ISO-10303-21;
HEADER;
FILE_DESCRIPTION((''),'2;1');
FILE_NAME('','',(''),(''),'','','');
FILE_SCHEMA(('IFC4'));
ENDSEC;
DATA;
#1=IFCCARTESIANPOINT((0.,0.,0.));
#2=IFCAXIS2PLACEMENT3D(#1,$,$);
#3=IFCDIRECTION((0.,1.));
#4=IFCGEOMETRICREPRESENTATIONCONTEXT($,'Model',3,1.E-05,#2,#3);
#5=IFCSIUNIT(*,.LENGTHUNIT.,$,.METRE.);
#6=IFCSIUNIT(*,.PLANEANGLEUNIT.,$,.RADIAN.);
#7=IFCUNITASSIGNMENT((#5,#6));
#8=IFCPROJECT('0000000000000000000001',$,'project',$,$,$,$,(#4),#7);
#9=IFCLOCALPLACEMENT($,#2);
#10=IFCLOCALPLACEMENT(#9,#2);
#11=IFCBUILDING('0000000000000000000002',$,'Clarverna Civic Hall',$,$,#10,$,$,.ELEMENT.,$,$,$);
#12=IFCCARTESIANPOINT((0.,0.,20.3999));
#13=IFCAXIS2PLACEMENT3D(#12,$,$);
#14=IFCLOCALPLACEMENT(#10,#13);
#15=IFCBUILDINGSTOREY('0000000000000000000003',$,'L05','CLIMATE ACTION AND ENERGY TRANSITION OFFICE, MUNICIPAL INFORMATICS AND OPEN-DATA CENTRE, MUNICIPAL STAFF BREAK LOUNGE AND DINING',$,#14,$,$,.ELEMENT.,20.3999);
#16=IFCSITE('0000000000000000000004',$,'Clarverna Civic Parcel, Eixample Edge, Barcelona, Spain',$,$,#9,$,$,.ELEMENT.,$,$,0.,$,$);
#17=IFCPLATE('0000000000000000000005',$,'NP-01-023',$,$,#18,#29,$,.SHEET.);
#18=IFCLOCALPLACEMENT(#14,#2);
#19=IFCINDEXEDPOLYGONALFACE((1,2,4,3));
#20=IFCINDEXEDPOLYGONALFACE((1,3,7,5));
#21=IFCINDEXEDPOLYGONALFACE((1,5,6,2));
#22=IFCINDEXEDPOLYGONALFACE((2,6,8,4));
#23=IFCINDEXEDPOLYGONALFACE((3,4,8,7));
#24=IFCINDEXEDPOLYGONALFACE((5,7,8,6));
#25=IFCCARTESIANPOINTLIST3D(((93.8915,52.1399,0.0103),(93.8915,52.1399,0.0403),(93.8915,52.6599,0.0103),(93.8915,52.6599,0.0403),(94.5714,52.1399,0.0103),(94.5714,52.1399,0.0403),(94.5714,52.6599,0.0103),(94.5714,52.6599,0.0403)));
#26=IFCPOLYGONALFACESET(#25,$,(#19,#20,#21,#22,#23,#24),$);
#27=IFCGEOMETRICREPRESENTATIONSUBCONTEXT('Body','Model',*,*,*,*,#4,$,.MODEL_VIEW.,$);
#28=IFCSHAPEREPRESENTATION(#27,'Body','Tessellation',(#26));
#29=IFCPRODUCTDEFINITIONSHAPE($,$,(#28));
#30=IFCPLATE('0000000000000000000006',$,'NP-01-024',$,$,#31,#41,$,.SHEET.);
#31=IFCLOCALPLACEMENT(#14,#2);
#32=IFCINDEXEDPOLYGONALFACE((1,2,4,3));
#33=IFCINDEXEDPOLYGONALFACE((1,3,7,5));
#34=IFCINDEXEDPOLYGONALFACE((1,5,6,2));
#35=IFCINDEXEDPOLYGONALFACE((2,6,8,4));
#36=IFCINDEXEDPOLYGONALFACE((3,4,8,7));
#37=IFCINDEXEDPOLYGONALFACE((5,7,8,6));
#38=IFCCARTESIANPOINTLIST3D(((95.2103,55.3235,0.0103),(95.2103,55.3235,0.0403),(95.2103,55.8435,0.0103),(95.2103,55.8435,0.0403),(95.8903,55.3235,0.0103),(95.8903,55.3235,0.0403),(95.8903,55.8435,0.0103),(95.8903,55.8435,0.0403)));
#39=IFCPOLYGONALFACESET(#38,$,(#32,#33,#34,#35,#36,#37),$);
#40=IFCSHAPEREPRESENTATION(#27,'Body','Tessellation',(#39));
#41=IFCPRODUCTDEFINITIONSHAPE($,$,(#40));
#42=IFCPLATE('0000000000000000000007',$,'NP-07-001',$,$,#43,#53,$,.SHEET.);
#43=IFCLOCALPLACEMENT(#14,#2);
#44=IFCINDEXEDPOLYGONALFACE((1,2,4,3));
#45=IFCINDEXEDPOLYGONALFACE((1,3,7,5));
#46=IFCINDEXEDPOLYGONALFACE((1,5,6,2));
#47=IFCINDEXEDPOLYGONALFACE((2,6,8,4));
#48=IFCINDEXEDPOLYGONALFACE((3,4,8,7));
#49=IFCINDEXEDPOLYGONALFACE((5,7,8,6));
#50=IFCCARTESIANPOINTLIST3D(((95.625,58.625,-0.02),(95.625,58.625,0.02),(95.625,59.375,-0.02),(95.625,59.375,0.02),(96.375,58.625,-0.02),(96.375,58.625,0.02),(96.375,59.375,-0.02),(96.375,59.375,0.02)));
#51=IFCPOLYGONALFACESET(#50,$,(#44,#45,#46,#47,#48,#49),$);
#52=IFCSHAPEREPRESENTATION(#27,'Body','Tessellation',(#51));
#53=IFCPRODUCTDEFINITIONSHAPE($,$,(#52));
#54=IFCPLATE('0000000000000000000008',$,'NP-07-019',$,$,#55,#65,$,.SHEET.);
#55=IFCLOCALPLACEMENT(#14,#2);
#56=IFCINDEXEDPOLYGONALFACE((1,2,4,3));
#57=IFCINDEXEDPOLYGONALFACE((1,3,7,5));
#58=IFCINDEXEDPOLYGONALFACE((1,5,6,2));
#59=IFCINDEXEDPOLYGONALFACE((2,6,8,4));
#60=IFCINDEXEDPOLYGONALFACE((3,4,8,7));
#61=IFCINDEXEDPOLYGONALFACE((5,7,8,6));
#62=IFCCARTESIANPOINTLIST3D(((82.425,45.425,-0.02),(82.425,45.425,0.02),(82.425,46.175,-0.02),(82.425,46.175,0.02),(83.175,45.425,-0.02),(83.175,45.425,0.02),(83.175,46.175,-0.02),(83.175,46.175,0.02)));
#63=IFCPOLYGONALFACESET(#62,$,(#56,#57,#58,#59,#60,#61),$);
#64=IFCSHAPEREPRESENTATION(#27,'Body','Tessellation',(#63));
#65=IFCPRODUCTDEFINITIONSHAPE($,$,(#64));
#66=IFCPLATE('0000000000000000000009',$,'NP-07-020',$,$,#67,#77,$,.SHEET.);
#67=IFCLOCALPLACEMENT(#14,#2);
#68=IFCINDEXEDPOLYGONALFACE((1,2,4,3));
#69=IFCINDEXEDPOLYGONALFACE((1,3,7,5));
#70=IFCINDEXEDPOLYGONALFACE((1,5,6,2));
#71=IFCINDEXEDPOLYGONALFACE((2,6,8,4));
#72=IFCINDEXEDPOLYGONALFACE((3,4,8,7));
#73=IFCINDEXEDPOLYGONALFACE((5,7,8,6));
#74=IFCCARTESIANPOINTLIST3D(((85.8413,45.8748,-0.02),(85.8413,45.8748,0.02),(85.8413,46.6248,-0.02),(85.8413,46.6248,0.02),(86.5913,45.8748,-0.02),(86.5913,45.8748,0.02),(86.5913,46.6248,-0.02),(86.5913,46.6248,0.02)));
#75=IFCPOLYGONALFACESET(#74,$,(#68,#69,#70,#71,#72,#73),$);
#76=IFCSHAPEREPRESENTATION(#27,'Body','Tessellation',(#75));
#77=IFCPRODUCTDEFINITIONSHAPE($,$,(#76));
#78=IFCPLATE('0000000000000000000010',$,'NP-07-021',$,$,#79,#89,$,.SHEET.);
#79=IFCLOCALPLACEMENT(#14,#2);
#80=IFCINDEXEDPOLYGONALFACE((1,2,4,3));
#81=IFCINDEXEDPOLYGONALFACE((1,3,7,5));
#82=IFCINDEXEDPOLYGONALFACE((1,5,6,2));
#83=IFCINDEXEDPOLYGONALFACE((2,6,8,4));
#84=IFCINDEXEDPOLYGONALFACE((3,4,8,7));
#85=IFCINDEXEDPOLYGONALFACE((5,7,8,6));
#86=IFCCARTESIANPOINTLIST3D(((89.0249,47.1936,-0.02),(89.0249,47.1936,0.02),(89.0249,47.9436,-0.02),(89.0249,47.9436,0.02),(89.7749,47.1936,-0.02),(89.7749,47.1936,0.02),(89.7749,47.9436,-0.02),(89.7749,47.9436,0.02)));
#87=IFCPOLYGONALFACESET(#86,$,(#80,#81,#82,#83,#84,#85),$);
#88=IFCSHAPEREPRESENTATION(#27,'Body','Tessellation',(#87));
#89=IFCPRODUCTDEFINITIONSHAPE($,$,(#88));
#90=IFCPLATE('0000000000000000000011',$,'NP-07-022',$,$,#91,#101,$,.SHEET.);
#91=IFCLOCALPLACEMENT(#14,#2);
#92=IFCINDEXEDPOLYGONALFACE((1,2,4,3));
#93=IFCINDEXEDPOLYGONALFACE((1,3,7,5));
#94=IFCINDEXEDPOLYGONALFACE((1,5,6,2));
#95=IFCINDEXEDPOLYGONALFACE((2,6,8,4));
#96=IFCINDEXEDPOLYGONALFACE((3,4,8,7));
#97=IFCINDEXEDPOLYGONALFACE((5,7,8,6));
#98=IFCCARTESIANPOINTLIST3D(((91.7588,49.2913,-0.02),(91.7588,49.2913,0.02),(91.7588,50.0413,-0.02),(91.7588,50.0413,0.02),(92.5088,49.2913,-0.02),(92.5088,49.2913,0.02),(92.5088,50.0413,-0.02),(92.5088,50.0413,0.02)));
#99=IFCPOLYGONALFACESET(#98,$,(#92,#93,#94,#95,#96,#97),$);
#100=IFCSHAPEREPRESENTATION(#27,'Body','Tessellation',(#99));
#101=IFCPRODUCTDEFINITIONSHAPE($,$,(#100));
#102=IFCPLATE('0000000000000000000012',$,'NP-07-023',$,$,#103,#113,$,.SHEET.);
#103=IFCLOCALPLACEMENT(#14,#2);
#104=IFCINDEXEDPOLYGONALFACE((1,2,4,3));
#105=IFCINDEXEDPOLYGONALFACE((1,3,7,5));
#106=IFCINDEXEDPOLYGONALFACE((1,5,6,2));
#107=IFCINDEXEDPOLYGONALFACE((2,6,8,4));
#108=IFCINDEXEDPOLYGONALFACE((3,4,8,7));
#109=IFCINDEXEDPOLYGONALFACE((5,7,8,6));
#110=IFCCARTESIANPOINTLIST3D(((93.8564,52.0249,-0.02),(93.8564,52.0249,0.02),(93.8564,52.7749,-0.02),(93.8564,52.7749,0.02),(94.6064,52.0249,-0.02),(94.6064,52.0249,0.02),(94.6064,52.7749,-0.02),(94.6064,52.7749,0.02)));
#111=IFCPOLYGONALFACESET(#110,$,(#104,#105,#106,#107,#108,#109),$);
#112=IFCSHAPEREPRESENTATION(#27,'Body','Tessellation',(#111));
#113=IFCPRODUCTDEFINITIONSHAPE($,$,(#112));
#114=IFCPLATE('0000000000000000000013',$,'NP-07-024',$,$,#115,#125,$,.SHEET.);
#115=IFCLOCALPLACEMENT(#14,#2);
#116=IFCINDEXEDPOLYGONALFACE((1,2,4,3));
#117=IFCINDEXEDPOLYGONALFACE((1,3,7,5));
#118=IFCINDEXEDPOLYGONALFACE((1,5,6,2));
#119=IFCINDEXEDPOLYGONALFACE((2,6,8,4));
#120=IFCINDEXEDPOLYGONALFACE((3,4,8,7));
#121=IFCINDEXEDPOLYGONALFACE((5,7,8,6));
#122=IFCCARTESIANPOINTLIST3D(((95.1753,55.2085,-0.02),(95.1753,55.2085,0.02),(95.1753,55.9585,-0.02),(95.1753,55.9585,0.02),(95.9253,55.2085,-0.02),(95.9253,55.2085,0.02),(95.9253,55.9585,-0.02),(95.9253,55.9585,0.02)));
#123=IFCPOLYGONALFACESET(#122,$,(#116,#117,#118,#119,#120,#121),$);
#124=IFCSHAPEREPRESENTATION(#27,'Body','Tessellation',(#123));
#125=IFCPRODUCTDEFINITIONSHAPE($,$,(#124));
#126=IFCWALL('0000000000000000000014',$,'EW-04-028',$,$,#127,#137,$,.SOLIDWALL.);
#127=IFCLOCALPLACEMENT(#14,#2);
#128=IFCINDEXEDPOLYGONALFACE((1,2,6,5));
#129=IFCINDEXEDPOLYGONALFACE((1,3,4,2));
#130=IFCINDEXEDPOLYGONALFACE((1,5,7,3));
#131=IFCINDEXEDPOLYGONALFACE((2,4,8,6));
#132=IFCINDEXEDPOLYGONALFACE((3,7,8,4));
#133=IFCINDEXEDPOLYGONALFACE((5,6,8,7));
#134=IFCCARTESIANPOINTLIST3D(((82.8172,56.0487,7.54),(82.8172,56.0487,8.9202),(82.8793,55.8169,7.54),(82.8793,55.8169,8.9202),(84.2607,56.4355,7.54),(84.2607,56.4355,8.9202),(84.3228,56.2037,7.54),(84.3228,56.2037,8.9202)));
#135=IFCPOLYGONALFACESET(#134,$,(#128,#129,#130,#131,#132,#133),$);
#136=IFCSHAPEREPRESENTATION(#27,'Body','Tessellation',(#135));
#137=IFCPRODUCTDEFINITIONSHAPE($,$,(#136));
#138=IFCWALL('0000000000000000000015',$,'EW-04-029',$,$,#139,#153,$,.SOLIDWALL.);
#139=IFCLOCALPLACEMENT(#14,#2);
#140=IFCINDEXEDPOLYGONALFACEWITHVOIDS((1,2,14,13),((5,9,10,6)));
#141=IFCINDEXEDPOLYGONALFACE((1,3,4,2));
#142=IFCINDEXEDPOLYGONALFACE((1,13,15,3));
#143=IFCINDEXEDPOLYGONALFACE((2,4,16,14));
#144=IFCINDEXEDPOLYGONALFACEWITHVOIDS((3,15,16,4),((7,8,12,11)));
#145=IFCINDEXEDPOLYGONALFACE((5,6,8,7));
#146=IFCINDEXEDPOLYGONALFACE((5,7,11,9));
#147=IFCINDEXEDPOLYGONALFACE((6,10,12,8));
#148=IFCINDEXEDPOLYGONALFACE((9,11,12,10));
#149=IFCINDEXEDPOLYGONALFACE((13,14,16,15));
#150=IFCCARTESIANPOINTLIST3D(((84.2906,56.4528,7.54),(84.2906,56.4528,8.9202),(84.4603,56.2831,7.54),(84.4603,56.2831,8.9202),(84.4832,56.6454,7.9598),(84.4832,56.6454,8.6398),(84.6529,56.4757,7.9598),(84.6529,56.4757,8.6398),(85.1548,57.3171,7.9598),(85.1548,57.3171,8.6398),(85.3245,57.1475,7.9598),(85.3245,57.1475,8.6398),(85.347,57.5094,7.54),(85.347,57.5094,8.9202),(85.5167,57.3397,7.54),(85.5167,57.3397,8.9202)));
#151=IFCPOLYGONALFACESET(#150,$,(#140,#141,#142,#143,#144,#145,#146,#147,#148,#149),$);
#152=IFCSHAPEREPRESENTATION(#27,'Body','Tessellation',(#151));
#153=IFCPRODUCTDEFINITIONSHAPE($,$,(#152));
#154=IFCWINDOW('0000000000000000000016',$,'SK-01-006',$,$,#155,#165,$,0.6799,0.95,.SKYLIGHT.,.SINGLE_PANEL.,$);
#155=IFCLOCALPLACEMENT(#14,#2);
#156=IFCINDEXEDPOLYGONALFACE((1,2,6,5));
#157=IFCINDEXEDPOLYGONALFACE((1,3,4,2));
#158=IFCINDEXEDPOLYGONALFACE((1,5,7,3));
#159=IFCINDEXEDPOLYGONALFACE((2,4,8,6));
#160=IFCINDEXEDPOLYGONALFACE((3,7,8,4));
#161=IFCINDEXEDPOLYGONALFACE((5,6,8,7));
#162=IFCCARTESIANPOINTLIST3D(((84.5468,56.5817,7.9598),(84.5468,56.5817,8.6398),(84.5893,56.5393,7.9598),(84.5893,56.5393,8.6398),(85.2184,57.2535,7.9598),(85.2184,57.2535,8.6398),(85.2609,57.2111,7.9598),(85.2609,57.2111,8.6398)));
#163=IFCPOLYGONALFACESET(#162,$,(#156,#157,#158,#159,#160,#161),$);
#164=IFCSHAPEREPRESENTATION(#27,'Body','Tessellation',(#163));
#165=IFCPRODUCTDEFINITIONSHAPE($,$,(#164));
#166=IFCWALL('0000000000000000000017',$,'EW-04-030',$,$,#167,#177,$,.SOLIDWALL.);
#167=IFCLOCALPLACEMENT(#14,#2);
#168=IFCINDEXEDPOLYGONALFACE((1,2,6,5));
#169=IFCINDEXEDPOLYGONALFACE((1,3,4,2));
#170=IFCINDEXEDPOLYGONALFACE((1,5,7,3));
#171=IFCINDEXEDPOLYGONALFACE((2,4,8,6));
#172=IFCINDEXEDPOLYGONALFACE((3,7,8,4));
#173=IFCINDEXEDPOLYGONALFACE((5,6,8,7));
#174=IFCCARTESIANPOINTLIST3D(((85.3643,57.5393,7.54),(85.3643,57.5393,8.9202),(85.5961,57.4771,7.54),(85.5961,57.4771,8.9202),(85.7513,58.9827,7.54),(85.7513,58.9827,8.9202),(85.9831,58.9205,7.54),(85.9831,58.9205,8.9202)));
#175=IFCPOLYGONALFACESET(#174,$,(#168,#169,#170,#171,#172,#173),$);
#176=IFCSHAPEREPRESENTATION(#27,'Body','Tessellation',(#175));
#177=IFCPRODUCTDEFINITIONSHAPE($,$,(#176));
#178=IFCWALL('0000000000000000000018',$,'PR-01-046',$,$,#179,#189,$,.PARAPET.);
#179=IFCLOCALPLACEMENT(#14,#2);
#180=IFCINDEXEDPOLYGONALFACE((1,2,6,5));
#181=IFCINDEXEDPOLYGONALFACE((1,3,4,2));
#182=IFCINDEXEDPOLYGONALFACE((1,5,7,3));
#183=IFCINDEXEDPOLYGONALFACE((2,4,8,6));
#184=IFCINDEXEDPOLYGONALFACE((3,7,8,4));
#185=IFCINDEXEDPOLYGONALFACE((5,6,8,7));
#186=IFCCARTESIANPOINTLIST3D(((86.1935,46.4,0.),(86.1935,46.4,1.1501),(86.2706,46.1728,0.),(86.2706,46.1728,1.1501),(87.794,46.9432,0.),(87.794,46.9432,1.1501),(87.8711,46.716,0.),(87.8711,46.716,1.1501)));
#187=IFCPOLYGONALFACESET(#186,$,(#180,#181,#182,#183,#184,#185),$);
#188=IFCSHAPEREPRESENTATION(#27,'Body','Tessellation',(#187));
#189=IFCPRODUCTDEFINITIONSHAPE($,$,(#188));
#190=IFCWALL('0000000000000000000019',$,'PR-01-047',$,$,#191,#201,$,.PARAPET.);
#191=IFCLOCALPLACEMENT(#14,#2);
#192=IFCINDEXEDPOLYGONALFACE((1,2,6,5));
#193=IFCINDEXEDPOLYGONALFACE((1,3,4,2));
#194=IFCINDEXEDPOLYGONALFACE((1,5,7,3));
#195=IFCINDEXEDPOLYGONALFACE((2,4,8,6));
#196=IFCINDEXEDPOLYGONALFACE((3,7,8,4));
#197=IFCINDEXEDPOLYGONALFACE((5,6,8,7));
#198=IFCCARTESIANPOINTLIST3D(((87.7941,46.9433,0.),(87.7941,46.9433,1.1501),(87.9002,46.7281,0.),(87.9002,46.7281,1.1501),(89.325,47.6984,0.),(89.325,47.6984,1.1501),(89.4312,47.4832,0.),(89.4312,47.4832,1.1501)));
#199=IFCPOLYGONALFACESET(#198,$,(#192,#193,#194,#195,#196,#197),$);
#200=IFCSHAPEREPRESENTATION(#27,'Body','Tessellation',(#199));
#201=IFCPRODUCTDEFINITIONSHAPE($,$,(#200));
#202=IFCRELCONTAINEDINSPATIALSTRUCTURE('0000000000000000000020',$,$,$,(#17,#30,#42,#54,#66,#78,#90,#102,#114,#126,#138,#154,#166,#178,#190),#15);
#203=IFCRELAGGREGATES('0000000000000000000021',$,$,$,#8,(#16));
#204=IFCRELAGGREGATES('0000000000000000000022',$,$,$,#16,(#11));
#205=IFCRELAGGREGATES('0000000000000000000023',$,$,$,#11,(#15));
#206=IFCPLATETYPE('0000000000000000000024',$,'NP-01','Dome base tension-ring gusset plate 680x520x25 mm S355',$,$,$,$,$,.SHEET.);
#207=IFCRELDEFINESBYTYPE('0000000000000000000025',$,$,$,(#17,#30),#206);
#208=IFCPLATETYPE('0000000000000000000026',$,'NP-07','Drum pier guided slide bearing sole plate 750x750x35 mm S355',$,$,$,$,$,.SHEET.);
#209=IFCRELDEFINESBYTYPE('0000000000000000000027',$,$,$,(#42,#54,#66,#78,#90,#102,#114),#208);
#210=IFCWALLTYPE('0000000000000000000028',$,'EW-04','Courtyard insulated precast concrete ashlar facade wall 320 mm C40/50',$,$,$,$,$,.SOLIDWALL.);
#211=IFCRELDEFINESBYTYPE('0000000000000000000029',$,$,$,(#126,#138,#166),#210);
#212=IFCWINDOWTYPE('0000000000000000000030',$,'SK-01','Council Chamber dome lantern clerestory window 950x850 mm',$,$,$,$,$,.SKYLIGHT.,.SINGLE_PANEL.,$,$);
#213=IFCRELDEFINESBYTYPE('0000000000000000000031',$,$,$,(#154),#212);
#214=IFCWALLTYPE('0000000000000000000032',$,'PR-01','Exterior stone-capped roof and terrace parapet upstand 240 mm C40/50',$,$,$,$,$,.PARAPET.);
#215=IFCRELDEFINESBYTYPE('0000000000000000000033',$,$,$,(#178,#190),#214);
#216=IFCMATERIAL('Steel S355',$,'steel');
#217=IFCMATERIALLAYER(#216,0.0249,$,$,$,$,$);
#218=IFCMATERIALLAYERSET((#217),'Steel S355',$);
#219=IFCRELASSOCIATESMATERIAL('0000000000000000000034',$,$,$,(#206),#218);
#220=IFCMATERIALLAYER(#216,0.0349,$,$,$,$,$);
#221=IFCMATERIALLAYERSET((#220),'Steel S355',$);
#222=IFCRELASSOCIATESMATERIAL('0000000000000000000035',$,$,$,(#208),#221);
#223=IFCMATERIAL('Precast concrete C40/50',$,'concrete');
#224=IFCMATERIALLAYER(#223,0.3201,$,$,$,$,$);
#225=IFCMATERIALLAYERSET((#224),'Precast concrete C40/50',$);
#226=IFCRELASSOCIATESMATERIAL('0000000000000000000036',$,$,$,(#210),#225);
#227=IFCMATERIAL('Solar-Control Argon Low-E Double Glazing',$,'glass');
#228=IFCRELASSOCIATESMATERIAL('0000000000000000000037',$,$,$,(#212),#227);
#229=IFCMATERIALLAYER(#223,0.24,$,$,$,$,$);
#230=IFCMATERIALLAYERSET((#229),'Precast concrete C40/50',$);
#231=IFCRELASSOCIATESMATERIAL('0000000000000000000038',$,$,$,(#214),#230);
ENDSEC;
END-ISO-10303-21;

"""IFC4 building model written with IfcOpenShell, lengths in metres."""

from ifc_helpers import new_model, si_unit, direction, frame, frame_2d, origin, origin_2d, place, context, subcontext, project, spatial, rectangle, extrude, material, layer, layer_set, type_object, element, fill, save


model = new_model("IFC4")

# Units and contexts
model_context = context("Model", 3, precision=1e-05, world=origin(), true_north=direction((0.0, 1.0)))
body_context = subcontext(model_context, "Body", "Model", "MODEL_VIEW")
ifc_project = project(units=[si_unit("LENGTHUNIT", "METRE"), si_unit("PLANEANGLEUNIT", "RADIAN")], contexts=[model_context])

# Site, building, storey
site_placement = place(None, origin())
site = spatial("IfcSite", under=ifc_project, at=site_placement, Name="Clarverna Civic Parcel, Eixample Edge, Barcelona, Spain", CompositionType="ELEMENT", RefElevation=0.0)
building_placement = place(site_placement, origin())
building = spatial("IfcBuilding", under=site, at=building_placement, Name="Clarverna Civic Hall", CompositionType="ELEMENT")
storey_placement = place(building_placement, frame((0.0, 0.0, 20.3999)))
storey = spatial("IfcBuildingStorey", under=building, at=storey_placement, Name="L05", Description="CLIMATE ACTION AND ENERGY TRANSITION OFFICE, MUNICIPAL INFORMATICS AND OPEN-DATA CENTRE, MUNICIPAL STAFF BREAK LOUNGE AND DINING", CompositionType="ELEMENT", Elevation=20.3999)

# Shared definitions
ifc_material_1 = material(Name="Steel S355", Category="steel")

# Plates
ifc_layer_1 = layer(ifc_material_1, 0.0249)
ifc_layer_set_1 = layer_set([ifc_layer_1], Name="Steel S355")
plate_type_1 = type_object("IfcPlateType", Name="NP-01", Description="Dome base tension-ring gusset plate 680x520x25 mm S355", PredefinedType="SHEET", material=ifc_layer_set_1)
for number, where, z_axis, x_axis, name in (
    (1, (94.2314, 52.3999, 0.0103), (0.0, 0.0, 1.0), (1.0, 0.0, 0.0), "NP-01-023"),
    (2, (95.5503, 55.5835, 0.0103), (0.0, 0.0, 1.0), (1.0, 0.0, 0.0), "NP-01-024"),
):
    element("IfcPlate", number, at=place(storey_placement, frame(where, z_axis=z_axis, x_axis=x_axis)), inside=storey, type_object=plate_type_1, Name=name, PredefinedType="SHEET", context=body_context, shape_type="SweptSolid", body=[
        extrude(rectangle(XDim=0.6799, YDim=0.52, at=origin_2d()), origin(), (0.0, 0.0, 1.0), 0.03),
    ])
ifc_layer_2 = layer(ifc_material_1, 0.0349)
ifc_layer_set_2 = layer_set([ifc_layer_2], Name="Steel S355")
plate_type_2 = type_object("IfcPlateType", Name="NP-07", Description="Drum pier guided slide bearing sole plate 750x750x35 mm S355", PredefinedType="SHEET", material=ifc_layer_set_2)
for number, where, z_axis, x_axis, name in (
    (3, (96.0, 59.0, -0.02), (0.0, 0.0, 1.0), (1.0, 0.0, 0.0), "NP-07-001"),
    (4, (82.8, 45.8, -0.02), (0.0, 0.0, 1.0), (1.0, 0.0, 0.0), "NP-07-019"),
    (5, (86.2163, 46.2498, -0.02), (0.0, 0.0, 1.0), (1.0, 0.0, 0.0), "NP-07-020"),
    (6, (89.3999, 47.5686, -0.02), (0.0, 0.0, 1.0), (1.0, 0.0, 0.0), "NP-07-021"),
    (7, (92.1338, 49.6663, -0.02), (0.0, 0.0, 1.0), (1.0, 0.0, 0.0), "NP-07-022"),
    (8, (94.2314, 52.3999, -0.02), (0.0, 0.0, 1.0), (1.0, 0.0, 0.0), "NP-07-023"),
    (9, (95.5503, 55.5835, -0.02), (0.0, 0.0, 1.0), (1.0, 0.0, 0.0), "NP-07-024"),
):
    element("IfcPlate", number, at=place(storey_placement, frame(where, z_axis=z_axis, x_axis=x_axis)), inside=storey, type_object=plate_type_2, Name=name, PredefinedType="SHEET", context=body_context, shape_type="SweptSolid", body=[
        extrude(rectangle(XDim=0.75, YDim=0.75, at=origin_2d()), origin(), (0.0, 0.0, 1.0), 0.04),
    ])

# Wall
ifc_material_2 = material(Name="Precast concrete C40/50", Category="concrete")
ifc_layer_3 = layer(ifc_material_2, 0.3201)
ifc_layer_set_3 = layer_set([ifc_layer_3], Name="Precast concrete C40/50")
wall_type_1 = type_object("IfcWallType", Name="EW-04", Description="Courtyard insulated precast concrete ashlar facade wall 320 mm C40/50", PredefinedType="SOLIDWALL", material=ifc_layer_set_3)
wall_1_placement = place(storey_placement, frame((82.8484, 55.9329, 7.54), z_axis=(0.0, 0.0, 1.0), x_axis=(0.965931, 0.258801, 0.0)))
element("IfcWall", 10, at=wall_1_placement, inside=storey, type_object=wall_type_1, Name="EW-04-028", PredefinedType="SOLIDWALL", context=body_context, shape_type="SweptSolid", body=[
    extrude(rectangle(XDim=1.4944, YDim=0.24, at=frame_2d((0.7471, 0.0))), origin(), (0.0, 0.0, 1.0), 1.3801),
])

# Wall, opening, window
wall_2_placement = place(storey_placement, frame((84.3755, 56.3679, 7.54), z_axis=(0.0, 0.0, 1.0), x_axis=(0.707025, 0.707188, 0.0)))
wall_2 = element("IfcWall", 11, at=wall_2_placement, inside=storey, type_object=wall_type_1, Name="EW-04-029", PredefinedType="SOLIDWALL", context=body_context, shape_type="SweptSolid", body=[
    extrude(rectangle(XDim=1.4941, YDim=0.24, at=frame_2d((0.7471, 0.0))), origin(), (0.0, 0.0, 1.0), 1.3801),
])
opening_placement = place(wall_2_placement, frame((0.2722, 0.0, 0.4199)))
opening = element("IfcOpeningElement", 12, at=opening_placement, cuts=wall_2, PredefinedType="OPENING", context=body_context, shape_type="SweptSolid", body=[
    extrude(rectangle(XDim=0.95, YDim=0.6799, at=frame_2d((0.4751, 0.3398))), frame((0.0, 0.1299, 0.0), z_axis=(0.0, -1.0, 0.0), x_axis=(1.0, 0.0, 0.0)), (0.0, 0.0, 1.0), 0.26),
])
ifc_material_3 = material(Name="Solar-Control Argon Low-E Double Glazing", Category="glass")
window_type = type_object("IfcWindowType", Name="SK-01", Description="Council Chamber dome lantern clerestory window 950x850 mm", PartitioningType="SINGLE_PANEL", PredefinedType="SKYLIGHT", material=ifc_material_3)
window_placement = place(opening_placement, origin())
window = element("IfcWindow", 13, at=window_placement, inside=storey, type_object=window_type, Name="SK-01-006", OverallHeight=0.6799, OverallWidth=0.95, PartitioningType="SINGLE_PANEL", PredefinedType="SKYLIGHT", context=body_context, shape_type="SweptSolid", body=[
    extrude(rectangle(XDim=0.95, YDim=0.6799, at=frame_2d((0.4751, 0.3398))), frame((0.0, 0.03, 0.0), z_axis=(0.0, -1.0, 0.0), x_axis=(1.0, 0.0, 0.0)), (0.0, 0.0, 1.0), 0.0601),
])
fill(opening, window)

# Walls
wall_3_placement = place(storey_placement, frame((85.4802, 57.5083, 7.54), z_axis=(0.0, 0.0, 1.0), x_axis=(0.258954, 0.96589, 0.0)))
element("IfcWall", 14, at=wall_3_placement, inside=storey, type_object=wall_type_1, Name="EW-04-030", PredefinedType="SOLIDWALL", context=body_context, shape_type="SweptSolid", body=[
    extrude(rectangle(XDim=1.4944, YDim=0.24, at=frame_2d((0.7471, 0.0))), origin(), (0.0, 0.0, 1.0), 1.3801),
])
ifc_layer_4 = layer(ifc_material_2, 0.24)
ifc_layer_set_4 = layer_set([ifc_layer_4], Name="Precast concrete C40/50")
wall_type_2 = type_object("IfcWallType", Name="PR-01", Description="Exterior stone-capped roof and terrace parapet upstand 240 mm C40/50", PredefinedType="PARAPET", material=ifc_layer_set_4)
wall_4_placement = place(storey_placement, frame((86.2319, 46.2864, 0.0), z_axis=(0.0, 0.0, 1.0), x_axis=(0.94695, 0.32138, 0.0)))
element("IfcWall", 15, at=wall_4_placement, inside=storey, type_object=wall_type_2, Name="PR-01-046", PredefinedType="PARAPET", context=body_context, shape_type="SweptSolid", body=[
    extrude(rectangle(XDim=1.6902, YDim=0.24, at=frame_2d((0.8452, 0.0))), origin(), (0.0, 0.0, 1.0), 1.1501),
])
wall_5_placement = place(storey_placement, frame((87.8472, 46.8357, 0.0), z_axis=(0.0, 0.0, 1.0), x_axis=(0.896845, 0.442344, 0.0)))
element("IfcWall", 16, at=wall_5_placement, inside=storey, type_object=wall_type_2, Name="PR-01-047", PredefinedType="PARAPET", context=body_context, shape_type="SweptSolid", body=[
    extrude(rectangle(XDim=1.707, YDim=0.24, at=frame_2d((0.8535, 0.0))), origin(), (0.0, 0.0, 1.0), 1.1501),
])

save(model, "model.ifc")
